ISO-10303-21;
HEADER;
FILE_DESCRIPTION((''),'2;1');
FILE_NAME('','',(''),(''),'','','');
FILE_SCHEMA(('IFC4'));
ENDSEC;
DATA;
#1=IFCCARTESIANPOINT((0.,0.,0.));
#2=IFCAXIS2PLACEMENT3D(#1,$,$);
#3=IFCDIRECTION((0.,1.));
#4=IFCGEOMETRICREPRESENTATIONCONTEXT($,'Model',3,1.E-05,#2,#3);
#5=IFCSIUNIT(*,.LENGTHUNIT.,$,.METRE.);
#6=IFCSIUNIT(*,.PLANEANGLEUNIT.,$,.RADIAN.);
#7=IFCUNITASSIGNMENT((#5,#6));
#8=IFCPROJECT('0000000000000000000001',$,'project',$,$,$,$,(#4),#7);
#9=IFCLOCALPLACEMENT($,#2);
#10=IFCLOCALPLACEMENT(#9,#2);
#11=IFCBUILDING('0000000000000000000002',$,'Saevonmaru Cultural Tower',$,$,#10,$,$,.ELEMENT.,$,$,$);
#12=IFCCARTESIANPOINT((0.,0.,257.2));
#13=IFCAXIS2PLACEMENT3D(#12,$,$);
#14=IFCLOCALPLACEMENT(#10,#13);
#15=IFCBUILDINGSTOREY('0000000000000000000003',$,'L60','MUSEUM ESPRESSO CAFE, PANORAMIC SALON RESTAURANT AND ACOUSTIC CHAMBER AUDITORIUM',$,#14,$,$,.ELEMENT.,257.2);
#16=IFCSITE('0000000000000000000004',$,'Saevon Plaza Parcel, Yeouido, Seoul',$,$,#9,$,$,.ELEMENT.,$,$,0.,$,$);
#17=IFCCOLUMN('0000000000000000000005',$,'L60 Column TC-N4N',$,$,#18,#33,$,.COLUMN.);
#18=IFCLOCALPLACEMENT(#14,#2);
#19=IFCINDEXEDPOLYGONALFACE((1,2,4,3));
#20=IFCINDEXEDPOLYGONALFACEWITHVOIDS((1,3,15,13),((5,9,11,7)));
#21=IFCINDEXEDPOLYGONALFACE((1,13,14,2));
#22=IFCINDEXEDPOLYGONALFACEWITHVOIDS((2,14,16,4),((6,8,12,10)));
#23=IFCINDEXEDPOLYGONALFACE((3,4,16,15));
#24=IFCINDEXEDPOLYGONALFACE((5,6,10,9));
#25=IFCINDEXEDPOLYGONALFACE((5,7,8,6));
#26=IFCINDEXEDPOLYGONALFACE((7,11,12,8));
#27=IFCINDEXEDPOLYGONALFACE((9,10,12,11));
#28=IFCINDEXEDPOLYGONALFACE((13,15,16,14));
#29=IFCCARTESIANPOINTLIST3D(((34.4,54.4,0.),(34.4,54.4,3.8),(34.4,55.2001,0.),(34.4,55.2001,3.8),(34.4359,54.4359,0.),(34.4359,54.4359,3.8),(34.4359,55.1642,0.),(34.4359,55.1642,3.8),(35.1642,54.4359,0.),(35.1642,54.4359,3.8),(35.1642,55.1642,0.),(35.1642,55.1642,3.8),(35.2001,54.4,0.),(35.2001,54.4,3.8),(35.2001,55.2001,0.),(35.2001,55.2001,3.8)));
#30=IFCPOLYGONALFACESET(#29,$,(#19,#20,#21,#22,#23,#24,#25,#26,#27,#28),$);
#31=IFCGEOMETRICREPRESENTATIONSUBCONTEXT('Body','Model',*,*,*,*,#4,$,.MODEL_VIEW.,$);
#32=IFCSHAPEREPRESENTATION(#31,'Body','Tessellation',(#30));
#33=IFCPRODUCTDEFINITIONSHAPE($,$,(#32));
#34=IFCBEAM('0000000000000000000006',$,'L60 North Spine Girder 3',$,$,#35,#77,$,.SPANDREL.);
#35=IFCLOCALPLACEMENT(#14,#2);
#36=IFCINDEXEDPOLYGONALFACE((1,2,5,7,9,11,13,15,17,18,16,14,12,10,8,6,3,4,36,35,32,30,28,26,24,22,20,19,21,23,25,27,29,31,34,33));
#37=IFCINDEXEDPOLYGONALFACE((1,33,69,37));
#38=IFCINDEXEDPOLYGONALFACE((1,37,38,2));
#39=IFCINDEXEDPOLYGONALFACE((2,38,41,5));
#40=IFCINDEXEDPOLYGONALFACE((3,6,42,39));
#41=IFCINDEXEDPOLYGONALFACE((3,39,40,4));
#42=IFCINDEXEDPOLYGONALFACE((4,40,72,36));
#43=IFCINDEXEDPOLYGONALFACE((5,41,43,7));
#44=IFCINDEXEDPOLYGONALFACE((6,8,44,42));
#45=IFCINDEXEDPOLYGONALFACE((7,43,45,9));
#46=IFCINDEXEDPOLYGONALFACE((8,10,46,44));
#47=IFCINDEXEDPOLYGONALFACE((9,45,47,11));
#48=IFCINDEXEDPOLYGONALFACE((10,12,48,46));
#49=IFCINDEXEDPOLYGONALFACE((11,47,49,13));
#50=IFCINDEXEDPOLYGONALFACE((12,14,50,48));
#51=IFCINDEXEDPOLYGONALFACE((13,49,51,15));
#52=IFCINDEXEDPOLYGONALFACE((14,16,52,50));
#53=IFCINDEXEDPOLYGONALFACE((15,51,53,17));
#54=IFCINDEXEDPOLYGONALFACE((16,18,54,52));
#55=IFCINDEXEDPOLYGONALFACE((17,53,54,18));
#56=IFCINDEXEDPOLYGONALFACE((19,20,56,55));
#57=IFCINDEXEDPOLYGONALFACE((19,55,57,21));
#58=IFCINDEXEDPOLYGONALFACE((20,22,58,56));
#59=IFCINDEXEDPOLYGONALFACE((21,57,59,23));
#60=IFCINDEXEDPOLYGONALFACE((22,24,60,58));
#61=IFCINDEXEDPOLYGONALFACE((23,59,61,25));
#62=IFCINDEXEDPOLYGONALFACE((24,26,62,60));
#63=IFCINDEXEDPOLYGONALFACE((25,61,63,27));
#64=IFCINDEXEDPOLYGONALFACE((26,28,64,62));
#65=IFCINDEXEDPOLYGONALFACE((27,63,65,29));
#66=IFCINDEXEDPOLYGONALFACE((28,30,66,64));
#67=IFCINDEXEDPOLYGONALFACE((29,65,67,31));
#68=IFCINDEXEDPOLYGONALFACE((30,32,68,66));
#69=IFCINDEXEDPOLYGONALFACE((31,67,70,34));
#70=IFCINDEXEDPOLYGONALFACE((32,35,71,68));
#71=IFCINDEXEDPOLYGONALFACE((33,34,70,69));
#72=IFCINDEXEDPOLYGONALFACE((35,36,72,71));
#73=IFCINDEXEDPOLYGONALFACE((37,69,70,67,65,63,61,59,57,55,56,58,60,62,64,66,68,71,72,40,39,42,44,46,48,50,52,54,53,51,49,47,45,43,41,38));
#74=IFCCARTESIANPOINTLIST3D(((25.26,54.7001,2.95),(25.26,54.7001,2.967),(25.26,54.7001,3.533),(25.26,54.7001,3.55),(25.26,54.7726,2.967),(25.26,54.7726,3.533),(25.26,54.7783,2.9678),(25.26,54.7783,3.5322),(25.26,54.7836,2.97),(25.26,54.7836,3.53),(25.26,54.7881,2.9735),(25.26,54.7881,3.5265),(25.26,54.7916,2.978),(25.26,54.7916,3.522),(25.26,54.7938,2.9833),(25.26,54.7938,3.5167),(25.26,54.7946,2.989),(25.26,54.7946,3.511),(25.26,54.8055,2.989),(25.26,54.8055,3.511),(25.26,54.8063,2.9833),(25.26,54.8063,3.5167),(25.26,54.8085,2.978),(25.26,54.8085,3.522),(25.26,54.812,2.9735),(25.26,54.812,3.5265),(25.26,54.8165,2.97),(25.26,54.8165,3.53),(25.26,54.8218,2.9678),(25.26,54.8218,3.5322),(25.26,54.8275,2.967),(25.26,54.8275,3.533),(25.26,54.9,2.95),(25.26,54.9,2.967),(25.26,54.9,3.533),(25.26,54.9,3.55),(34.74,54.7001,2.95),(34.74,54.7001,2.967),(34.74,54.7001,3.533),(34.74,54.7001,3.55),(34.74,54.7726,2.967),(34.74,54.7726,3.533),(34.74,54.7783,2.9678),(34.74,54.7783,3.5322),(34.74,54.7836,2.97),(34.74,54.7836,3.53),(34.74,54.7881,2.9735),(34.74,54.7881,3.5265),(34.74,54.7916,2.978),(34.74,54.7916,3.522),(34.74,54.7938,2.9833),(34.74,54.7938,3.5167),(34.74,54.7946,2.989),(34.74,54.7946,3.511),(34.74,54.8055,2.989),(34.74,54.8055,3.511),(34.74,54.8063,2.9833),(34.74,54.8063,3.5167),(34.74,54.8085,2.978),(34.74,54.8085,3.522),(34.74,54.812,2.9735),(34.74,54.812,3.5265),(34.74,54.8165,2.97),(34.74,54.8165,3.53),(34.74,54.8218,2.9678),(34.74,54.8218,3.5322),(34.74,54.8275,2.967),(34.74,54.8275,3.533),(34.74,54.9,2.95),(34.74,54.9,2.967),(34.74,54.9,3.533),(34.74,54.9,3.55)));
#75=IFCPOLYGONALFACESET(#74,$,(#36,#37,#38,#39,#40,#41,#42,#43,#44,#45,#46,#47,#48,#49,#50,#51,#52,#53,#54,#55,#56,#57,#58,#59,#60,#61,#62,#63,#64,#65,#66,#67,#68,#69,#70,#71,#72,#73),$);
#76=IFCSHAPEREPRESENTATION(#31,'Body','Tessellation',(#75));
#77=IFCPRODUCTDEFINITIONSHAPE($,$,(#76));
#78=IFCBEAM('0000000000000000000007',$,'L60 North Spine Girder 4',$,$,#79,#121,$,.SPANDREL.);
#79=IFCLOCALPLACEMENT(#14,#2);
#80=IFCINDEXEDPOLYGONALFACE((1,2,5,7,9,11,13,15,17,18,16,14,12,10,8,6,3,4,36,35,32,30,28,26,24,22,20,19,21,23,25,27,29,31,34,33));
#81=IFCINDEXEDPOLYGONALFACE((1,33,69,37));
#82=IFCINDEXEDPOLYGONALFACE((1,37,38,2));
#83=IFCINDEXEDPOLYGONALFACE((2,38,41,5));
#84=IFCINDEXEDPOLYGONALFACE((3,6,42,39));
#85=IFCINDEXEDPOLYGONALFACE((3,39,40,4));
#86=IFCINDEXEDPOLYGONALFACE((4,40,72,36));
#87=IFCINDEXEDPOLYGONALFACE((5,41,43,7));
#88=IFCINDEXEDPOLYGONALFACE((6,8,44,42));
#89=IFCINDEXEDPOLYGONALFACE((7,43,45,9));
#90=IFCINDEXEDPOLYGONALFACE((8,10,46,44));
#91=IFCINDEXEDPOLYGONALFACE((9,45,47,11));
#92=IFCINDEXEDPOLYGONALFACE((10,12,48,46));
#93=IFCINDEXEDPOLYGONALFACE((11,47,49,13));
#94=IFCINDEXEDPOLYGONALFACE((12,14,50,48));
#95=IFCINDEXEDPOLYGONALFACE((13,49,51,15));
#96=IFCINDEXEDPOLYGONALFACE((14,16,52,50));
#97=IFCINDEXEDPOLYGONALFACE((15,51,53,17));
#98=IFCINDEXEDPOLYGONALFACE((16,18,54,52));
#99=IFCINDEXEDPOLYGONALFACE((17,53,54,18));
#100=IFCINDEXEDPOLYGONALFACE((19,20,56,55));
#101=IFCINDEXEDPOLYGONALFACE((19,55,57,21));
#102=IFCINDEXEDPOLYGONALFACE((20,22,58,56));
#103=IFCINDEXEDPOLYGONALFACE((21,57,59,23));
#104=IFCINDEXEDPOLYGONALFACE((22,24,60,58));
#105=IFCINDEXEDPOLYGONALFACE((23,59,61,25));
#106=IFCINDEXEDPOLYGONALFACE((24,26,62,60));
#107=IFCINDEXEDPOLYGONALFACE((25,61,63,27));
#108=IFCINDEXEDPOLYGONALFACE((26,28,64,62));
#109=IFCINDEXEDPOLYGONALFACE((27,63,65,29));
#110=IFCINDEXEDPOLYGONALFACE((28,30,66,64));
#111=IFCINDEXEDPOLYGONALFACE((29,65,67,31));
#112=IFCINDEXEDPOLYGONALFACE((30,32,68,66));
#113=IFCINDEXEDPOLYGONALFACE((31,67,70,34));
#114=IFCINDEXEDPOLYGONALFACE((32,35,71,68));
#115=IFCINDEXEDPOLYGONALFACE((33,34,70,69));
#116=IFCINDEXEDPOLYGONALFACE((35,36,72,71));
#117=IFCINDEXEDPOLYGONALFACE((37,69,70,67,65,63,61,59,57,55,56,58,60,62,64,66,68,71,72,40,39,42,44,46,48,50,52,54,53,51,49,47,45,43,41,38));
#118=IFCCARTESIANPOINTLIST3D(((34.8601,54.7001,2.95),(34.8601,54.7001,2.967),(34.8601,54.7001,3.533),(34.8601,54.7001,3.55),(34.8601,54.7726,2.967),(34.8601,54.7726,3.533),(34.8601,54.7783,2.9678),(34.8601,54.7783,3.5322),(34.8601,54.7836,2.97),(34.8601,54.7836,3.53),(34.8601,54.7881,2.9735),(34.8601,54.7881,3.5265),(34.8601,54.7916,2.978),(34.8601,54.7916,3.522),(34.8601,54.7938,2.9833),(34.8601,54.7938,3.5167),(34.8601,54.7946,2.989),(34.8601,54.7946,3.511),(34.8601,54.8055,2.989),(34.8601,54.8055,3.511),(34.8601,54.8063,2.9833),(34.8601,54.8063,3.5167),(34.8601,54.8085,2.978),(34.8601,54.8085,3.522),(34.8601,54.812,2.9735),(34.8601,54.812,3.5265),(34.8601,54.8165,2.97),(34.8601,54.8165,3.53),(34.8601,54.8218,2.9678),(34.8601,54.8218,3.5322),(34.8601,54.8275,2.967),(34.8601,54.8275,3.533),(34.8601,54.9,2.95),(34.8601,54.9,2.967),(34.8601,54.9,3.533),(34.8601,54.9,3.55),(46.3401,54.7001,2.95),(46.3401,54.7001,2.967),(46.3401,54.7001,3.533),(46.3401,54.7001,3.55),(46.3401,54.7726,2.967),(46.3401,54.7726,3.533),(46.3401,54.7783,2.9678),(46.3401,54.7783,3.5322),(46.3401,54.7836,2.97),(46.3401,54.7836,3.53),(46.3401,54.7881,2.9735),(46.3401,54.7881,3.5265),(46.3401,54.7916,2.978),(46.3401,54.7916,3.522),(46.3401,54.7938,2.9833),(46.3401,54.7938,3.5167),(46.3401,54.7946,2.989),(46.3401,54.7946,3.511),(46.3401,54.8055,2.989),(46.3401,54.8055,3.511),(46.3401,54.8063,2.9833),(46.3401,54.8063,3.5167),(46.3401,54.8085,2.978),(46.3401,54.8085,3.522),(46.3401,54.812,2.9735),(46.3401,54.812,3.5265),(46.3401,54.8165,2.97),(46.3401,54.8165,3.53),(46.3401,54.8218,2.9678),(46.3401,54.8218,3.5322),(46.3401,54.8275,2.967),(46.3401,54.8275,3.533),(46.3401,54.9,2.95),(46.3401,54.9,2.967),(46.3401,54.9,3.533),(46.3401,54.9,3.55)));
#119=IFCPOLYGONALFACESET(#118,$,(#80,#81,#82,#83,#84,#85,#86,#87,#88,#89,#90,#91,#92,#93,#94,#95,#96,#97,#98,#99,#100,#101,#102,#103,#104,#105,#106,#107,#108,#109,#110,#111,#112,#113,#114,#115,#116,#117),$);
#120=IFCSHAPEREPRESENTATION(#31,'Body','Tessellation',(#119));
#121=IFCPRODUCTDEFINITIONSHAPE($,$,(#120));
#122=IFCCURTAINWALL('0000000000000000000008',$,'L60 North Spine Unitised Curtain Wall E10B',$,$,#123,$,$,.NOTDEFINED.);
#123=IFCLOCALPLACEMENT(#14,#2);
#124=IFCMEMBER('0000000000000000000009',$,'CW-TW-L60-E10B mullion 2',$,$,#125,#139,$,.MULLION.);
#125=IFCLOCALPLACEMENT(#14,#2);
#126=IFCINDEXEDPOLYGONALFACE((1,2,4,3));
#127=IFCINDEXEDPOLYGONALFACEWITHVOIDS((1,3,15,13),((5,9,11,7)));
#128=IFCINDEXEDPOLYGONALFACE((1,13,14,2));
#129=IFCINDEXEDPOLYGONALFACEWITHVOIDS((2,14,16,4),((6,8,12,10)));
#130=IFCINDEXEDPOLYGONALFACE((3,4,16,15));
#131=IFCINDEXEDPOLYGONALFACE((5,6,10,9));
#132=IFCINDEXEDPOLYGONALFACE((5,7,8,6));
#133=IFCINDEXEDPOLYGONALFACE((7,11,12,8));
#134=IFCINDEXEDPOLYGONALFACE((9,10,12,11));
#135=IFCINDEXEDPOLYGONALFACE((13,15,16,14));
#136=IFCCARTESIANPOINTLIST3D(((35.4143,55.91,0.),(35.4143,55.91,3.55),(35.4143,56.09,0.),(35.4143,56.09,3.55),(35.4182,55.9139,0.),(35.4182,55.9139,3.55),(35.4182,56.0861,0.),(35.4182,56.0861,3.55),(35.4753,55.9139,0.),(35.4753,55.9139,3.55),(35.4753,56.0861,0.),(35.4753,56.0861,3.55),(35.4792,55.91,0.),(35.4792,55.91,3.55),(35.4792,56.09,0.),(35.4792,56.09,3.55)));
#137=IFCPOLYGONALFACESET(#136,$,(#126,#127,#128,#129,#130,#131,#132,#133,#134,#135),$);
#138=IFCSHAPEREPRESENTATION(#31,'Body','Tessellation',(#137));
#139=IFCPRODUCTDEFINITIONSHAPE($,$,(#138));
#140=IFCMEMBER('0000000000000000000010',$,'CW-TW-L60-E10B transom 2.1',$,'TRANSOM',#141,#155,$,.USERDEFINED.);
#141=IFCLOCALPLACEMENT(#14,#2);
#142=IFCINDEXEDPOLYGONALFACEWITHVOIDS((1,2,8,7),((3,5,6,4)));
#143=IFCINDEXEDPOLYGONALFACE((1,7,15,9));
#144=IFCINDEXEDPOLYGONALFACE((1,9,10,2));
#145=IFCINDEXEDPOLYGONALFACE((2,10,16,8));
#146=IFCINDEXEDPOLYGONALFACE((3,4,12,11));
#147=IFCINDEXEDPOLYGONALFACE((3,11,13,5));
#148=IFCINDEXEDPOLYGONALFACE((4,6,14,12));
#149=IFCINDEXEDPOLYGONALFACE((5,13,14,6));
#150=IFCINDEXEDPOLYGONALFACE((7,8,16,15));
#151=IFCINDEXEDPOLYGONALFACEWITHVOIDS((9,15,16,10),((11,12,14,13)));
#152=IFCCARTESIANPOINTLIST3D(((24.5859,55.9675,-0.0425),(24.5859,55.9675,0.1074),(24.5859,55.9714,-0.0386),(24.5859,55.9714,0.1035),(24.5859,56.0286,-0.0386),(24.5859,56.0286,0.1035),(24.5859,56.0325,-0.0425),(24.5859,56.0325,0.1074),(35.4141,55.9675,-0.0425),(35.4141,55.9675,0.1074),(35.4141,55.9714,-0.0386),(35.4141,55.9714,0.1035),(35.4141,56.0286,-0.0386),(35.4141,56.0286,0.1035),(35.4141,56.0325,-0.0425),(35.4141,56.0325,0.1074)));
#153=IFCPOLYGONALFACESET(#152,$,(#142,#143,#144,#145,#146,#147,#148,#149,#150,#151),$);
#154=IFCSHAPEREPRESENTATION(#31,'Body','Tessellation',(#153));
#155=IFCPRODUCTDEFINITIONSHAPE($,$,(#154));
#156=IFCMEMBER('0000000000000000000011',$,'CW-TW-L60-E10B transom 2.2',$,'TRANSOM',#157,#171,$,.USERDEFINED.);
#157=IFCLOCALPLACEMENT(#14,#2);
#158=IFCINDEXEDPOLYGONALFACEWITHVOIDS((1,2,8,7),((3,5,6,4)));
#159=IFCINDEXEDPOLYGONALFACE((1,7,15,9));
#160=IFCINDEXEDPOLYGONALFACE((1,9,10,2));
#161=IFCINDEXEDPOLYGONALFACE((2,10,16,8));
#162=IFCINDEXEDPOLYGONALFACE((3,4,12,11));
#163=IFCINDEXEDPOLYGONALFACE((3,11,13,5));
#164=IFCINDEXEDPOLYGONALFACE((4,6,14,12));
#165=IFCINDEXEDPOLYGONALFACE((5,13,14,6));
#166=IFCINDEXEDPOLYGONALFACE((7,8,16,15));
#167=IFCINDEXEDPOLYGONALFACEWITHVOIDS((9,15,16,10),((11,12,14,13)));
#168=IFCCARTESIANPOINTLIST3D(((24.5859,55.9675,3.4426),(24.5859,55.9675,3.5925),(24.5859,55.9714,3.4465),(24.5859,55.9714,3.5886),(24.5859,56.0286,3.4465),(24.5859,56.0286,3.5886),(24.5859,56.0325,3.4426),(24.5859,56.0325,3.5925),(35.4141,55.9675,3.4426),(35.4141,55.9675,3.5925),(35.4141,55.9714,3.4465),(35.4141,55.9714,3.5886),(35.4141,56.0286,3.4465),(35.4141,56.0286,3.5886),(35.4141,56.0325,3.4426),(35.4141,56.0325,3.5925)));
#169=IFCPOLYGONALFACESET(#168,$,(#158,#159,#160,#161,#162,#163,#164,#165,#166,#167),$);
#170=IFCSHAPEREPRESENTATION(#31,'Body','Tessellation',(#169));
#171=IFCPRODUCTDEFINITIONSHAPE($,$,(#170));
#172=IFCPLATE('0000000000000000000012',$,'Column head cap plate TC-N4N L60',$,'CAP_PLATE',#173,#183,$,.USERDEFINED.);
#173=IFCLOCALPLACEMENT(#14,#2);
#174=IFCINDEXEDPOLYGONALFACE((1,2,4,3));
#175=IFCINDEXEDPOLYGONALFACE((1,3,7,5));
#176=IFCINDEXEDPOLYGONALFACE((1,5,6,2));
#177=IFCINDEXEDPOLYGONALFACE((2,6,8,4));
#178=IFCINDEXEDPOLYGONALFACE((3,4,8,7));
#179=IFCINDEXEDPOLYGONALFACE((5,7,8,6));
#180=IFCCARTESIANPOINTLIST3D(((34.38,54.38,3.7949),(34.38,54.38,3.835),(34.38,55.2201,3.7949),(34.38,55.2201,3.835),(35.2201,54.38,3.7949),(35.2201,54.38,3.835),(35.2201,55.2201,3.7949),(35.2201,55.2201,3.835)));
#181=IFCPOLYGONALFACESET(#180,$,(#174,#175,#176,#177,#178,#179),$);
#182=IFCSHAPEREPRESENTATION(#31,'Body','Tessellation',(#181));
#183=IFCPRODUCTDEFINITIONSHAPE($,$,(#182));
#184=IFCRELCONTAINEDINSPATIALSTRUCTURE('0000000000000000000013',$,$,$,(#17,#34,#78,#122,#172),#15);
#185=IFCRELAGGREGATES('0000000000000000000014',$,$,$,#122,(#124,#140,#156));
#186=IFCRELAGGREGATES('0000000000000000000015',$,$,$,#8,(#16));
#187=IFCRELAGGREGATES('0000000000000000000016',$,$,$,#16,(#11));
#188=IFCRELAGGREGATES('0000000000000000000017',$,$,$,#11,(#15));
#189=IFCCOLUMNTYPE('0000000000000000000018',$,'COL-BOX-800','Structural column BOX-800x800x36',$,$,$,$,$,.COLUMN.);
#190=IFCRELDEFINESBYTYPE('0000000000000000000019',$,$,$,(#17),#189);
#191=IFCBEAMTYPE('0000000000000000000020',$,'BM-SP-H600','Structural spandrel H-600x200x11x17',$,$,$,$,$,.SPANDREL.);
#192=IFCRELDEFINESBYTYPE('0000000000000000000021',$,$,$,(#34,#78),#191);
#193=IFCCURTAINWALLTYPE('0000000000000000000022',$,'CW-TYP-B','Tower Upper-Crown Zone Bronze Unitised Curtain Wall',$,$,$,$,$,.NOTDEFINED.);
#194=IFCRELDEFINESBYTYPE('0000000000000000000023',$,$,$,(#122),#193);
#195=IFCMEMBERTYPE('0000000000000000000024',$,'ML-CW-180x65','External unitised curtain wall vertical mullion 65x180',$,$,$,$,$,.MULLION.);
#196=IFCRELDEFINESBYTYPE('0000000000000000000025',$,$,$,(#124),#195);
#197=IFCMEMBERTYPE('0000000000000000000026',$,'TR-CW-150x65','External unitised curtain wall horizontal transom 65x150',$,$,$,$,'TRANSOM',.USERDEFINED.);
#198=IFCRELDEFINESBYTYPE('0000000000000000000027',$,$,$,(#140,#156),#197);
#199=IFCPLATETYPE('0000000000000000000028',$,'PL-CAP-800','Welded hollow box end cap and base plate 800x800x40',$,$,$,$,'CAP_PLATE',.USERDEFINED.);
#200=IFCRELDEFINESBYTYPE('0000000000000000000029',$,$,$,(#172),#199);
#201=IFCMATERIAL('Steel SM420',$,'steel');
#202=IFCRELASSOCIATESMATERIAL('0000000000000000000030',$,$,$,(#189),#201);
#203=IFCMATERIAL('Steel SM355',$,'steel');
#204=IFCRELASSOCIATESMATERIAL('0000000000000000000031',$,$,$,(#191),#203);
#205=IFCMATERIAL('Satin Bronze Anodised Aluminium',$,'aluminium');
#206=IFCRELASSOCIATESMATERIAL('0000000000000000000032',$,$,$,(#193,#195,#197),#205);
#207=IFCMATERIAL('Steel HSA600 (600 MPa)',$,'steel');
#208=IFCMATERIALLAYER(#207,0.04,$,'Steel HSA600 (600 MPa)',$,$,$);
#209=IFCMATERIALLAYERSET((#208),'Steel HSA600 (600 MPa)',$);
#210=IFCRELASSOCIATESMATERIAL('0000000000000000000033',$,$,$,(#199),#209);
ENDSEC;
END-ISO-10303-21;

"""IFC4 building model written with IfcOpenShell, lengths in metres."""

from ifc_helpers import new_model, si_unit, direction, frame, origin, origin_2d, place, context, subcontext, project, spatial, rectangle, hollow_rectangle, i_section, extrude, material, layer, layer_set, material_profile, profile_set, type_object, element, aggregate, save


model = new_model("IFC4")

# Units and contexts
model_context = context("Model", 3, precision=1e-05, world=origin(), true_north=direction((0.0, 1.0)))
body_context = subcontext(model_context, "Body", "Model", "MODEL_VIEW")
ifc_project = project(units=[si_unit("LENGTHUNIT", "METRE"), si_unit("PLANEANGLEUNIT", "RADIAN")], contexts=[model_context])

# Site, building, storey
site_placement = place(None, origin())
site = spatial("IfcSite", under=ifc_project, at=site_placement, Name="Saevon Plaza Parcel, Yeouido, Seoul", CompositionType="ELEMENT", RefElevation=0.0)
building_placement = place(site_placement, origin())
building = spatial("IfcBuilding", under=site, at=building_placement, Name="Saevonmaru Cultural Tower", CompositionType="ELEMENT")
storey_placement = place(building_placement, frame((0.0, 0.0, 257.2)))
storey = spatial("IfcBuildingStorey", under=building, at=storey_placement, Name="L60", Description="MUSEUM ESPRESSO CAFE, PANORAMIC SALON RESTAURANT AND ACOUSTIC CHAMBER AUDITORIUM", CompositionType="ELEMENT", Elevation=257.2)

# Column
ifc_material_1 = material(Name="Steel SM420", Category="steel")
ifc_material_profile_1 = material_profile(ifc_material_1, hollow_rectangle(XDim=0.8, YDim=0.8, WallThickness=0.0359, at=origin_2d()), Name="BOX-800x800x36")
ifc_profile_set_1 = profile_set([ifc_material_profile_1], Name="Steel SM420")
column_type = type_object("IfcColumnType", Name="COL-BOX-800", Description="Structural column BOX-800x800x36", PredefinedType="COLUMN", material=ifc_profile_set_1)
column_placement = place(storey_placement, frame((34.8, 54.8, 0.0), z_axis=(0.0, 0.0, 1.0), x_axis=(1.0, 0.0, 0.0)))
element("IfcColumn", 1, at=column_placement, inside=storey, type_object=column_type, Name="L60 Column TC-N4N", PredefinedType="COLUMN", context=body_context, shape_type="SweptSolid", body=[
    extrude(hollow_rectangle(XDim=0.8, YDim=0.8, WallThickness=0.0359, at=origin_2d()), origin(), (0.0, 0.0, 1.0), 3.8),
])

# Beams
ifc_material_2 = material(Name="Steel SM355", Category="steel")
ifc_material_profile_2 = material_profile(ifc_material_2, i_section(OverallWidth=0.2, OverallDepth=0.6001, WebThickness=0.011, FlangeThickness=0.0171, FilletRadius=0.022, at=origin_2d()), Name="H-600x200x11x17")
ifc_profile_set_2 = profile_set([ifc_material_profile_2], Name="Steel SM355")
beam_type = type_object("IfcBeamType", Name="BM-SP-H600", Description="Structural spandrel H-600x200x11x17", PredefinedType="SPANDREL", material=ifc_profile_set_2)
beam_1_placement = place(storey_placement, frame((25.26, 54.8, 3.25), z_axis=(1.0, 0.0, 0.0), x_axis=(0.0, 1.0, 0.0)))
element("IfcBeam", 2, at=beam_1_placement, inside=storey, type_object=beam_type, Name="L60 North Spine Girder 3", PredefinedType="SPANDREL", context=body_context, shape_type="SweptSolid", body=[
    extrude(i_section(OverallWidth=0.2, OverallDepth=0.6001, WebThickness=0.011, FlangeThickness=0.0171, FilletRadius=0.022, at=origin_2d()), origin(), (0.0, 0.0, 1.0), 9.48),
])
beam_2_placement = place(storey_placement, frame((34.8601, 54.8, 3.25), z_axis=(1.0, 0.0, 0.0), x_axis=(0.0, 1.0, 0.0)))
element("IfcBeam", 3, at=beam_2_placement, inside=storey, type_object=beam_type, Name="L60 North Spine Girder 4", PredefinedType="SPANDREL", context=body_context, shape_type="SweptSolid", body=[
    extrude(i_section(OverallWidth=0.2, OverallDepth=0.6001, WebThickness=0.011, FlangeThickness=0.0171, FilletRadius=0.022, at=origin_2d()), origin(), (0.0, 0.0, 1.0), 11.48),
])

# Curtain wall, members
ifc_material_3 = material(Name="Satin Bronze Anodised Aluminium", Category="aluminium")
curtain_wall_type = type_object("IfcCurtainWallType", Name="CW-TYP-B", Description="Tower Upper-Crown Zone Bronze Unitised Curtain Wall", PredefinedType="NOTDEFINED", material=ifc_material_3)
curtain_wall_placement = place(storey_placement, origin())
curtain_wall = element("IfcCurtainWall", 4, at=curtain_wall_placement, inside=storey, type_object=curtain_wall_type, Name="L60 North Spine Unitised Curtain Wall E10B", PredefinedType="NOTDEFINED")
ifc_material_profile_3 = material_profile(ifc_material_3, hollow_rectangle(XDim=0.0649, YDim=0.1799, WallThickness=0.0039, at=origin_2d()), Name="ALU-MULL-180x65x4")
ifc_profile_set_3 = profile_set([ifc_material_profile_3], Name="Satin Bronze Anodised Aluminium")
member_type_1 = type_object("IfcMemberType", Name="ML-CW-180x65", Description="External unitised curtain wall vertical mullion 65x180", PredefinedType="MULLION", material=ifc_profile_set_3)
member_1_placement = place(storey_placement, frame((35.4468, 56.0, 0.0), z_axis=(0.0, 0.0, 1.0), x_axis=(-1.0, 0.0, 0.0)))
member_1 = element("IfcMember", 5, at=member_1_placement, type_object=member_type_1, Name="CW-TW-L60-E10B mullion 2", PredefinedType="MULLION", context=body_context, shape_type="SweptSolid", body=[
    extrude(hollow_rectangle(XDim=0.0649, YDim=0.1799, WallThickness=0.0039, at=origin_2d()), origin(), (0.0, 0.0, 1.0), 3.55),
])
ifc_material_profile_4 = material_profile(ifc_material_3, hollow_rectangle(XDim=0.0649, YDim=0.1499, WallThickness=0.0039, at=origin_2d()), Name="ALU-TRAN-150x65x4")
ifc_profile_set_4 = profile_set([ifc_material_profile_4], Name="Satin Bronze Anodised Aluminium")
member_type_2 = type_object("IfcMemberType", Name="TR-CW-150x65", Description="External unitised curtain wall horizontal transom 65x150", ElementType="TRANSOM", PredefinedType="USERDEFINED", material=ifc_profile_set_4)
member_2_placement = place(storey_placement, frame((35.4141, 56.0, 0.0325), z_axis=(-1.0, 0.0, 0.0), x_axis=(0.0, -1.0, 0.0)))
member_2 = element("IfcMember", 6, at=member_2_placement, type_object=member_type_2, Name="CW-TW-L60-E10B transom 2.1", ObjectType="TRANSOM", PredefinedType="USERDEFINED", context=body_context, shape_type="SweptSolid", body=[
    extrude(hollow_rectangle(XDim=0.0649, YDim=0.1499, WallThickness=0.0039, at=origin_2d()), origin(), (0.0, 0.0, 1.0), 10.8281),
])
member_3_placement = place(storey_placement, frame((35.4141, 56.0, 3.5176), z_axis=(-1.0, 0.0, 0.0), x_axis=(0.0, -1.0, 0.0)))
member_3 = element("IfcMember", 7, at=member_3_placement, type_object=member_type_2, Name="CW-TW-L60-E10B transom 2.2", ObjectType="TRANSOM", PredefinedType="USERDEFINED", context=body_context, shape_type="SweptSolid", body=[
    extrude(hollow_rectangle(XDim=0.0649, YDim=0.1499, WallThickness=0.0039, at=origin_2d()), origin(), (0.0, 0.0, 1.0), 10.8281),
])

# Plate
ifc_material_4 = material(Name="Steel HSA600 (600 MPa)", Category="steel")
ifc_layer_1 = layer(ifc_material_4, 0.04, Name="Steel HSA600 (600 MPa)")
ifc_layer_set_1 = layer_set([ifc_layer_1], Name="Steel HSA600 (600 MPa)")
plate_type_1 = type_object("IfcPlateType", Name="PL-CAP-800", Description="Welded hollow box end cap and base plate 800x800x40", ElementType="CAP_PLATE", PredefinedType="USERDEFINED", material=ifc_layer_set_1)
plate_1_placement = place(storey_placement, frame((34.8, 54.8, 3.7949), z_axis=(0.0, 0.0, 1.0), x_axis=(1.0, 0.0, 0.0)))
element("IfcPlate", 8, at=plate_1_placement, inside=storey, type_object=plate_type_1, Name="Column head cap plate TC-N4N L60", ObjectType="CAP_PLATE", PredefinedType="USERDEFINED", context=body_context, shape_type="SweptSolid", body=[
    extrude(rectangle(XDim=0.8401, YDim=0.8401, at=origin_2d()), origin(), (0.0, 0.0, 1.0), 0.04),
])
aggregate(curtain_wall, [member_1, member_2, member_3])

save(model, "model.ifc")
